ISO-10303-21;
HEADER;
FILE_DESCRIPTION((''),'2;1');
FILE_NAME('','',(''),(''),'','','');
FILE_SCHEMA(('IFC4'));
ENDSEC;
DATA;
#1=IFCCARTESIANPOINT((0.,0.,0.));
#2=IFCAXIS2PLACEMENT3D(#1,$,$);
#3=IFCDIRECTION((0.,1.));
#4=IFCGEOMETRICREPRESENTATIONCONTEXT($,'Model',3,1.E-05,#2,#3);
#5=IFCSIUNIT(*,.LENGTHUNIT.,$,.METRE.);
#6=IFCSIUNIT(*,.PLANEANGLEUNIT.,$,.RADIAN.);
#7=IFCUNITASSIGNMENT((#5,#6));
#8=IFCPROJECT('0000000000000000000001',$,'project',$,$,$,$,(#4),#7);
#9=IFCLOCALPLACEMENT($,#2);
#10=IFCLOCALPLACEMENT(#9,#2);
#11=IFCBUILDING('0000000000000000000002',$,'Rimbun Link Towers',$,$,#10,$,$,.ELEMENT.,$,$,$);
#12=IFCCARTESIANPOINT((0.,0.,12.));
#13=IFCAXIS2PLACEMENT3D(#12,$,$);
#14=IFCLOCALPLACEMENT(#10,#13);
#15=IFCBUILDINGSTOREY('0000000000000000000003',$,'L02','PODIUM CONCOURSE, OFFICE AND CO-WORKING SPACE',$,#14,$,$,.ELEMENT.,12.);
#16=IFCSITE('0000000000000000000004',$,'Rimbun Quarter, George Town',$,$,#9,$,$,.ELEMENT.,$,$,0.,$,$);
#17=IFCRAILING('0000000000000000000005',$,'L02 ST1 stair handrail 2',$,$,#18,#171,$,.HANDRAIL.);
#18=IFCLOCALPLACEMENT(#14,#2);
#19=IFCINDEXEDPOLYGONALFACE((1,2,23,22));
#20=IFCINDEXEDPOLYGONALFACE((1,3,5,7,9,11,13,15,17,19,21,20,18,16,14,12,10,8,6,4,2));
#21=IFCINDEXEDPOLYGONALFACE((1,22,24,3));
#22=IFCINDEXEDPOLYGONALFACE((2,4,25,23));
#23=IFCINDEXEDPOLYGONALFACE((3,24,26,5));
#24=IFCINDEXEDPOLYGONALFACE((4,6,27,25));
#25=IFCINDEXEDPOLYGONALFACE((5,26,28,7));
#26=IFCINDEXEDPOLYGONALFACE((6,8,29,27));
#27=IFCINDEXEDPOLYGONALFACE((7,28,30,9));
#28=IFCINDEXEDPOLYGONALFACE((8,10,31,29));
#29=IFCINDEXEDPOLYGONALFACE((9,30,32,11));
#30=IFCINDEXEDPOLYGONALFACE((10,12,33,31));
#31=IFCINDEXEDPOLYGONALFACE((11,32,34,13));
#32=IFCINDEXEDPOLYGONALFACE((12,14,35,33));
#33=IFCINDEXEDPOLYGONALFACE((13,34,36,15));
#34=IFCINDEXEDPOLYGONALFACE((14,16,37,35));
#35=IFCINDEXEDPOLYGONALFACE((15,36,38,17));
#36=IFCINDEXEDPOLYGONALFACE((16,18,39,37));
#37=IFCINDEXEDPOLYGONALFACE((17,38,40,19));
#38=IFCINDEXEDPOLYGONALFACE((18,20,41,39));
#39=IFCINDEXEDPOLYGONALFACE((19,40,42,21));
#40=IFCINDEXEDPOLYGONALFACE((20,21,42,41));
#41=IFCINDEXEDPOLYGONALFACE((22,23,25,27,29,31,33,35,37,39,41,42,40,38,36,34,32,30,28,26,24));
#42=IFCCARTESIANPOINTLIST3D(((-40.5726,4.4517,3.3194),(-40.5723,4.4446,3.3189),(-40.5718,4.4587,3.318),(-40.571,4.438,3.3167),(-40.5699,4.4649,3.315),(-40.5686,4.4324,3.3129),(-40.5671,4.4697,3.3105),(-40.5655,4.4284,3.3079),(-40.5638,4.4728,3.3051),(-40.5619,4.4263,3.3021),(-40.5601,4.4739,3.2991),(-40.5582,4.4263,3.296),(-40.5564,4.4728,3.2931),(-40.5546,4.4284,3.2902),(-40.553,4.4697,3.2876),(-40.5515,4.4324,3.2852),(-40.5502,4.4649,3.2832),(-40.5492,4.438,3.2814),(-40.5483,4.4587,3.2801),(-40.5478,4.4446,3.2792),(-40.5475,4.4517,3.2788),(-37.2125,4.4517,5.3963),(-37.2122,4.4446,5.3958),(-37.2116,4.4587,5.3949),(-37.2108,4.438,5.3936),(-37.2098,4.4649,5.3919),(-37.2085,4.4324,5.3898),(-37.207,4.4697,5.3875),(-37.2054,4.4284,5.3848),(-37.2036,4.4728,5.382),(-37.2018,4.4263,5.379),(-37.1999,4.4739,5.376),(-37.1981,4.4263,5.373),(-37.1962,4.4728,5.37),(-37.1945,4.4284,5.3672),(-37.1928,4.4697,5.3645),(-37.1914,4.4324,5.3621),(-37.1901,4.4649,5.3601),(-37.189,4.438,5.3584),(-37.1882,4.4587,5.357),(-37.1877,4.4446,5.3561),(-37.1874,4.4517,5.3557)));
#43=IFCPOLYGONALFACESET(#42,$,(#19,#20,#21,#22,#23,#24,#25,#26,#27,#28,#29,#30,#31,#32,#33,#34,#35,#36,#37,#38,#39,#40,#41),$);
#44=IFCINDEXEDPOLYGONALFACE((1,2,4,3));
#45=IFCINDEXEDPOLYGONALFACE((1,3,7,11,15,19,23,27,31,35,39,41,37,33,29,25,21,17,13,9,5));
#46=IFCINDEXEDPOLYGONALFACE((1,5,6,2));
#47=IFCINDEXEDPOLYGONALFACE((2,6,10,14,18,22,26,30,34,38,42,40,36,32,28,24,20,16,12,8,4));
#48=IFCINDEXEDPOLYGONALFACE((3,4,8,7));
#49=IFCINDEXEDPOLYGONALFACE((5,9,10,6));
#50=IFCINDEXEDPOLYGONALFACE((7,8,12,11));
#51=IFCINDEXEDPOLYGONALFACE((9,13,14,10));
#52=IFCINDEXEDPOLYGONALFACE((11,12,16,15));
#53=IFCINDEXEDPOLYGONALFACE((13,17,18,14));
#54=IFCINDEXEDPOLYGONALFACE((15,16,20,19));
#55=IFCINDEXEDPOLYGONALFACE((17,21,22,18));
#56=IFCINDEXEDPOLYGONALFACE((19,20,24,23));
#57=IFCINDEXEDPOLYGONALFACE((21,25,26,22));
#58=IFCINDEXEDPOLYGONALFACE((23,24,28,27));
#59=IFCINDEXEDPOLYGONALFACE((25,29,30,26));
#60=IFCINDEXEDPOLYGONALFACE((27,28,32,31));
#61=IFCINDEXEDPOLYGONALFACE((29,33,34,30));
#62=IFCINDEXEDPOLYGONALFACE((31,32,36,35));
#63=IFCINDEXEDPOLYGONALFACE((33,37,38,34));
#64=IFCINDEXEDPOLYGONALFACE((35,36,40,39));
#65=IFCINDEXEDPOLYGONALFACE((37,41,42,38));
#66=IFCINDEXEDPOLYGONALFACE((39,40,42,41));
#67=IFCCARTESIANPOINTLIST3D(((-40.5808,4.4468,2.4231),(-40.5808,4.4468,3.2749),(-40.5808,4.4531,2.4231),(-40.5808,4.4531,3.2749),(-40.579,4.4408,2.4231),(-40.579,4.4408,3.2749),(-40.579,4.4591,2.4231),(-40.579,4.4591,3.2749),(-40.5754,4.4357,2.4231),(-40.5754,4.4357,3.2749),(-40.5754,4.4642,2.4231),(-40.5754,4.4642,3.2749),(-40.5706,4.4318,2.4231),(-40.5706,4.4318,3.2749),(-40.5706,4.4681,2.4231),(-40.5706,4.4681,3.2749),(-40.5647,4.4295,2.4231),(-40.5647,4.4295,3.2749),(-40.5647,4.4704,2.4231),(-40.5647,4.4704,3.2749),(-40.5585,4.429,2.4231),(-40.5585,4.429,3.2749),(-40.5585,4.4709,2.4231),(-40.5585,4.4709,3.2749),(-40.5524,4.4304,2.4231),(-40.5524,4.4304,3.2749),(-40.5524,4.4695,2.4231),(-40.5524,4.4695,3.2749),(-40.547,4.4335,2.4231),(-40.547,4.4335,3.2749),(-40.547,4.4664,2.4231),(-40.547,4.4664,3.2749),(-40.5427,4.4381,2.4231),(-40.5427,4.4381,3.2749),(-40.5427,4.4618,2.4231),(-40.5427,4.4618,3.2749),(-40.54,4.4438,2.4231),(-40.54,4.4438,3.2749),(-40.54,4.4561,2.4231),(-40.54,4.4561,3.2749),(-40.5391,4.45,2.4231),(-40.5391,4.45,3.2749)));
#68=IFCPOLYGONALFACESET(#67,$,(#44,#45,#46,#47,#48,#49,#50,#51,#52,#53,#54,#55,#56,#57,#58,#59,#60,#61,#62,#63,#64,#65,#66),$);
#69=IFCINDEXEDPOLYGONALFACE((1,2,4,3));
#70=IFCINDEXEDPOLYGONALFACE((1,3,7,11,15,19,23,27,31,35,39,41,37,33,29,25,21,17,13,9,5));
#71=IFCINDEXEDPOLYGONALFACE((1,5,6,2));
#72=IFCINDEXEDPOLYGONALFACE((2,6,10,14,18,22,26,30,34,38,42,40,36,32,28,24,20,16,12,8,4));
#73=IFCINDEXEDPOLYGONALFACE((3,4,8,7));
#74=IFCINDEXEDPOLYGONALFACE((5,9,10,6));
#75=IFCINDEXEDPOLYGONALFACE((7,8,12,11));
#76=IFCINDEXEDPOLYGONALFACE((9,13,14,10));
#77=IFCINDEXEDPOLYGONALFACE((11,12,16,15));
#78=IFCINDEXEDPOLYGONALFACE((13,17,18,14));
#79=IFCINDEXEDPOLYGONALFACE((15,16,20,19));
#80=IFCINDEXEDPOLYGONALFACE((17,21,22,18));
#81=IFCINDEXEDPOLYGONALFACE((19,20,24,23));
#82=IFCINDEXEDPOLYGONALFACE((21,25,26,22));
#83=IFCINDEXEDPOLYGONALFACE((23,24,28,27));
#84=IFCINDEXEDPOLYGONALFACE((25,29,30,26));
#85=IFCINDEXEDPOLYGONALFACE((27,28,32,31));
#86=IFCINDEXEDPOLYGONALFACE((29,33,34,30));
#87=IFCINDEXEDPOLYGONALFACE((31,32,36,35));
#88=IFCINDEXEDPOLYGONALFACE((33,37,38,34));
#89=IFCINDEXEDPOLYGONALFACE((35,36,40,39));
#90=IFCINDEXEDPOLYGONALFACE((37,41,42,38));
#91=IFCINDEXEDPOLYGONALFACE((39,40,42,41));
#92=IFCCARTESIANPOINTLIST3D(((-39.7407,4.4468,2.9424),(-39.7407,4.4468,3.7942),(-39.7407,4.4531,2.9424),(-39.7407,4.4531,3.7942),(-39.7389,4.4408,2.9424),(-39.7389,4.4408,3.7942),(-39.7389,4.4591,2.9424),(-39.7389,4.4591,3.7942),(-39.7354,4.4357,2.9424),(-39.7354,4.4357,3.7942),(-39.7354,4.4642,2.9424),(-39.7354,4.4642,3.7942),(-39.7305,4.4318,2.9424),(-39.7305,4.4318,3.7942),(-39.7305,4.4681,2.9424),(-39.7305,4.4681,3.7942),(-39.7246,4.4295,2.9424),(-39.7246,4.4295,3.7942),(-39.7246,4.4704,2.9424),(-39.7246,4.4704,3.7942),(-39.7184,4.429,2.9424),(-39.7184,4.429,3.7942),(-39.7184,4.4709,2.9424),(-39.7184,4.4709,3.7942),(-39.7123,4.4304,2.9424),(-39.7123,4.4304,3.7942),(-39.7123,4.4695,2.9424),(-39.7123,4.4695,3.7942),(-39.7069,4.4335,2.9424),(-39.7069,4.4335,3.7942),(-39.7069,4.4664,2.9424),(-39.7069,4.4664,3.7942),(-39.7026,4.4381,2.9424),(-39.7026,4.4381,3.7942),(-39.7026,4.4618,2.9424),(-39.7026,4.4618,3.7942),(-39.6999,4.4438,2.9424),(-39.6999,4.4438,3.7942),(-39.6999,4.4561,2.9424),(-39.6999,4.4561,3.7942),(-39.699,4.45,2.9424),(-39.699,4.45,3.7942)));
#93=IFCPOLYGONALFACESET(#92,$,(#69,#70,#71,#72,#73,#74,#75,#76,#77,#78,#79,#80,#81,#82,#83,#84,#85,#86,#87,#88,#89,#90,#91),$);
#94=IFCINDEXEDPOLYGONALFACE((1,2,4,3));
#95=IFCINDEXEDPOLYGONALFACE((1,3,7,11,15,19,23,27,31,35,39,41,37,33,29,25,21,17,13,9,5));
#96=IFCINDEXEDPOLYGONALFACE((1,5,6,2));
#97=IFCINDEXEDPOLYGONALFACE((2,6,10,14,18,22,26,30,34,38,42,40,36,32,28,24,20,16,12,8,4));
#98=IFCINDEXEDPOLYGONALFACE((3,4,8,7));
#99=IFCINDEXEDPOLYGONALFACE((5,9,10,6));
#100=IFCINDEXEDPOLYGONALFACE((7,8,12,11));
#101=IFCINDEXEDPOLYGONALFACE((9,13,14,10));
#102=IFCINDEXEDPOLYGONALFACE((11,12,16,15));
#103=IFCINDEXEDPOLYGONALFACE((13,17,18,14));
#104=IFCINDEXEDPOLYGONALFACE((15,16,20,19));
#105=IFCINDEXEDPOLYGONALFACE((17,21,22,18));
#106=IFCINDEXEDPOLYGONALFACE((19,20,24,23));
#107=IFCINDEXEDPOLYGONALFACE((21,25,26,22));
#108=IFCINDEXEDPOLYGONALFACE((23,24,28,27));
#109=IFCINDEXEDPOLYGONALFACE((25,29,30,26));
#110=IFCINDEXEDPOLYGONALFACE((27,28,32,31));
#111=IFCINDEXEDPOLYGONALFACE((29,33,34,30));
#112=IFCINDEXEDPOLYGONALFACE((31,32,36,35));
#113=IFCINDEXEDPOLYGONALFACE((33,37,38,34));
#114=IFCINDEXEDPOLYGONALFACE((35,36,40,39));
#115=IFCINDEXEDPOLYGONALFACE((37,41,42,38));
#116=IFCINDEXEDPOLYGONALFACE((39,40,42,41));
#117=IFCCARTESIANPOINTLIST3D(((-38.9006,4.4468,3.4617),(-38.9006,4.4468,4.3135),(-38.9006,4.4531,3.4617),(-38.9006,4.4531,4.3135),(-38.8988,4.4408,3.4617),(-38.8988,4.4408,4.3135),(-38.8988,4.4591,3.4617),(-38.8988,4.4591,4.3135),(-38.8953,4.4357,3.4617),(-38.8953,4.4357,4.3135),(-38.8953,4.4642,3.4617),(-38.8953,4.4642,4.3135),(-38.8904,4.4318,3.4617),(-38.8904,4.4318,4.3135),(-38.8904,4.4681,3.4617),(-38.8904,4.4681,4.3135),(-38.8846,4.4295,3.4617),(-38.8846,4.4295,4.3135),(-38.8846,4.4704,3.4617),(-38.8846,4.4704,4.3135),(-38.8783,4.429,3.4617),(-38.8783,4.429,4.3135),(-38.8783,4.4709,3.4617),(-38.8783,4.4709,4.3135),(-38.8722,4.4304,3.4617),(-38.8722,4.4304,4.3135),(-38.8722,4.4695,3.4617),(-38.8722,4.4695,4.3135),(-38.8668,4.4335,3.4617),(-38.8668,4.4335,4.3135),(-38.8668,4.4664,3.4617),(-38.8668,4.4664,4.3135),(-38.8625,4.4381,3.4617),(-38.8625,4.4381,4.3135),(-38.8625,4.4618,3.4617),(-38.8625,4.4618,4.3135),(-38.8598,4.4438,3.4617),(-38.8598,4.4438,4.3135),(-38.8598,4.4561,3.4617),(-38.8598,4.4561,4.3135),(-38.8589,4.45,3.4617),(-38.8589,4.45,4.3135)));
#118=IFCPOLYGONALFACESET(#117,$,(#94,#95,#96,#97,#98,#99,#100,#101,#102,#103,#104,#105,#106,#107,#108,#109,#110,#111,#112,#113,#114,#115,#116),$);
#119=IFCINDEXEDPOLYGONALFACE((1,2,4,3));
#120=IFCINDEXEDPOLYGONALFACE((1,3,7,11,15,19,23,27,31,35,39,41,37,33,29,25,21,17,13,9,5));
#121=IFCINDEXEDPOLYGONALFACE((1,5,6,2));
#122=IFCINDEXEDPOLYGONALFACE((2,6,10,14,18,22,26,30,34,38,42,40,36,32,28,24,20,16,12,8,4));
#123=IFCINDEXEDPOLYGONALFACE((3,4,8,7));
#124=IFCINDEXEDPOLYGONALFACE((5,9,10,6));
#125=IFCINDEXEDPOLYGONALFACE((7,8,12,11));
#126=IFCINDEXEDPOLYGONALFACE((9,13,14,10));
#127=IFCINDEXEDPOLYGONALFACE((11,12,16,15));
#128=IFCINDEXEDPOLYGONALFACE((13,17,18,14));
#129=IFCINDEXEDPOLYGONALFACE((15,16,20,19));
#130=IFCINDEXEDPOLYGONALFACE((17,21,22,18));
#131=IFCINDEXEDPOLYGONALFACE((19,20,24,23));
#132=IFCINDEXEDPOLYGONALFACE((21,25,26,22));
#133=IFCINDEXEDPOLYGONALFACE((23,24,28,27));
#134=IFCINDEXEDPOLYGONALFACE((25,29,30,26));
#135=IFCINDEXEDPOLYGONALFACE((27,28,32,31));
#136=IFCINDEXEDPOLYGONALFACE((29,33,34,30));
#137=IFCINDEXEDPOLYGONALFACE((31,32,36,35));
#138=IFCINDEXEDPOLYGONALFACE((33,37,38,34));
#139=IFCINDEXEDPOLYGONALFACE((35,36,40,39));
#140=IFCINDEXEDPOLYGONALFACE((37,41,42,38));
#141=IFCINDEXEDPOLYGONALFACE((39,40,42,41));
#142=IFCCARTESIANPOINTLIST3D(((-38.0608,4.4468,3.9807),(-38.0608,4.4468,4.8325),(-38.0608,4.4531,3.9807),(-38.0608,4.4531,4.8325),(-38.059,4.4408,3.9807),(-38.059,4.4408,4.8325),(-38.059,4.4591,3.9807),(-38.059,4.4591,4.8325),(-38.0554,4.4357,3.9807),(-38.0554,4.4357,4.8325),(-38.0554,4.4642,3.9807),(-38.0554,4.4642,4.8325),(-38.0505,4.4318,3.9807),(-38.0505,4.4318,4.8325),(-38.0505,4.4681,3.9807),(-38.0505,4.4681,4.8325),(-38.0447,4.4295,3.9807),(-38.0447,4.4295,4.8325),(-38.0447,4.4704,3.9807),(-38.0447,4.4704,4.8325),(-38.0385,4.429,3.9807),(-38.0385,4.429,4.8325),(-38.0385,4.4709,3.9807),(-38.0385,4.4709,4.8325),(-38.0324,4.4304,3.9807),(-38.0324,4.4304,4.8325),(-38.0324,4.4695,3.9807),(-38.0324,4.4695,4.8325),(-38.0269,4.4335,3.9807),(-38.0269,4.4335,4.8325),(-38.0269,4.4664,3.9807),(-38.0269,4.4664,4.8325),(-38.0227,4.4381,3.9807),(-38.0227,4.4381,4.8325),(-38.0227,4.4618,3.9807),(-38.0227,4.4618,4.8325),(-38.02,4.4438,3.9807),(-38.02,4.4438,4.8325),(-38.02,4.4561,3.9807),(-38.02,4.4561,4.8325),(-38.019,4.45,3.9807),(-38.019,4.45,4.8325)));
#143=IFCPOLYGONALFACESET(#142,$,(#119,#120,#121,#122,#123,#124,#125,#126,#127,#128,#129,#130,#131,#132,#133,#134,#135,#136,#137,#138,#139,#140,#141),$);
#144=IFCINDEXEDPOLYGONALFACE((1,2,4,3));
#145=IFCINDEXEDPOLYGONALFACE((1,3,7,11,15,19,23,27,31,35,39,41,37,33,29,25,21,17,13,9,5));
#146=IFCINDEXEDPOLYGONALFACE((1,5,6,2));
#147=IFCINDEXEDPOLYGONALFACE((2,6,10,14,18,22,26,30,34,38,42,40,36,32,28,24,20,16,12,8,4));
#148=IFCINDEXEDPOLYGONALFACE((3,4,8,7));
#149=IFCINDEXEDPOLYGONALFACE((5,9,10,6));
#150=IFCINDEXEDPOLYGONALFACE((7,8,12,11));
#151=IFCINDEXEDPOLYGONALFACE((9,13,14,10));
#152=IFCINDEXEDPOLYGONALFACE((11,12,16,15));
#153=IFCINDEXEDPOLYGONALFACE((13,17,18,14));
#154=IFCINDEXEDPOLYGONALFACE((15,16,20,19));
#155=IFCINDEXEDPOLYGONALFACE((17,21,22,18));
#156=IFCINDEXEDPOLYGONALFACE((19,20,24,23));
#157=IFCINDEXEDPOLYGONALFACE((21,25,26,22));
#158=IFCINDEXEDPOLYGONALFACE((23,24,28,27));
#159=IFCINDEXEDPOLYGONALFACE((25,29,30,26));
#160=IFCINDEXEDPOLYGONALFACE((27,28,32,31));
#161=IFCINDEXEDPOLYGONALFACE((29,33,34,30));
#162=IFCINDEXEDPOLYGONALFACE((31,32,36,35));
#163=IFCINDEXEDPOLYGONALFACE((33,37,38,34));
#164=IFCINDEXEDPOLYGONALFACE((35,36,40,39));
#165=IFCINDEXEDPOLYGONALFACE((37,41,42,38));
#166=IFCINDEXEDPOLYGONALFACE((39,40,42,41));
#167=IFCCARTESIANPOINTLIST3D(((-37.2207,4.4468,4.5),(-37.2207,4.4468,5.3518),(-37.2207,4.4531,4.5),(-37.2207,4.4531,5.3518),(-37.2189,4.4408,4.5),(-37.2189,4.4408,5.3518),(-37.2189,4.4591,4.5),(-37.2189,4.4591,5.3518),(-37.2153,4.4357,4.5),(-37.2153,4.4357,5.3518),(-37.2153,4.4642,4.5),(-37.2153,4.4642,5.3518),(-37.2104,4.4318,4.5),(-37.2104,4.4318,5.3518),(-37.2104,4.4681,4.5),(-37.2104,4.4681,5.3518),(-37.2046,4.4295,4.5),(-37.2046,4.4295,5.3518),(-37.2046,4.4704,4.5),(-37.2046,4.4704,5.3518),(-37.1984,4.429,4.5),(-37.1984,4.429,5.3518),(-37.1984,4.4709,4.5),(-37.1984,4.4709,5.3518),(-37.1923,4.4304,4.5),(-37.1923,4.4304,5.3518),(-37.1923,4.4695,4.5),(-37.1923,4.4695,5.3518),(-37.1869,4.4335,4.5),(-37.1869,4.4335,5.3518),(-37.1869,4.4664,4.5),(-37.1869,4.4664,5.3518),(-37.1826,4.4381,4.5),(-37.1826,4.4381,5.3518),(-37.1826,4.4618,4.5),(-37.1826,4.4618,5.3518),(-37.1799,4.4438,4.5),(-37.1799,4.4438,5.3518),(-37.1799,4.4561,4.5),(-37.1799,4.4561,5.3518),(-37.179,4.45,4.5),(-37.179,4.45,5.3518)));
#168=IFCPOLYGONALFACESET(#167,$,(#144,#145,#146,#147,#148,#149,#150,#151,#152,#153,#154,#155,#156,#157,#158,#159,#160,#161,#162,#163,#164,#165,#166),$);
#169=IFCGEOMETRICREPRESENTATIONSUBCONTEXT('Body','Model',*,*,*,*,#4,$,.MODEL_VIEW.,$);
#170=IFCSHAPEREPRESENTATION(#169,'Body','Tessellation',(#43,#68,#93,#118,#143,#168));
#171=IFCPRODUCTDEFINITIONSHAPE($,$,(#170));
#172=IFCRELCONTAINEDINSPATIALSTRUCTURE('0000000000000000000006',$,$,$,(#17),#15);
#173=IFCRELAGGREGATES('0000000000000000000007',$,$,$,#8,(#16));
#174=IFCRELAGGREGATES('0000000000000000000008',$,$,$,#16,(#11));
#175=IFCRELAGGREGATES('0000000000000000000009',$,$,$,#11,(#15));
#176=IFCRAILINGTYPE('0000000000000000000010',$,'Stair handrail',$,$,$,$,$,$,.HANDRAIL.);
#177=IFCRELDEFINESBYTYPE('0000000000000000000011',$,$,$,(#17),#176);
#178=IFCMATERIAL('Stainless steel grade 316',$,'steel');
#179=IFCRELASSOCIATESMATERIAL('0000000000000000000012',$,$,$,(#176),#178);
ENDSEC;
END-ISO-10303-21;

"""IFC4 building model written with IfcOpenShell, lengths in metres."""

from ifc_helpers import new_model, si_unit, direction, frame, origin, origin_2d, place, context, subcontext, project, spatial, circle, extrude, material, type_object, element, save


model = new_model("IFC4")

# Units and contexts
model_context = context("Model", 3, precision=1e-05, world=origin(), true_north=direction((0.0, 1.0)))
body_context = subcontext(model_context, "Body", "Model", "MODEL_VIEW")
ifc_project = project(units=[si_unit("LENGTHUNIT", "METRE"), si_unit("PLANEANGLEUNIT", "RADIAN")], contexts=[model_context])

# Site, building, storey
site_placement = place(None, origin())
site = spatial("IfcSite", under=ifc_project, at=site_placement, Name="Rimbun Quarter, George Town", CompositionType="ELEMENT", RefElevation=0.0)
building_placement = place(site_placement, origin())
building = spatial("IfcBuilding", under=site, at=building_placement, Name="Rimbun Link Towers", CompositionType="ELEMENT")
storey_placement = place(building_placement, frame((0.0, 0.0, 12.0)))
storey = spatial("IfcBuildingStorey", under=building, at=storey_placement, Name="L02", Description="PODIUM CONCOURSE, OFFICE AND CO-WORKING SPACE", CompositionType="ELEMENT", Elevation=12.0)

# Railing
ifc_material_1 = material(Name="Stainless steel grade 316", Category="steel")
railing_type_1 = type_object("IfcRailingType", Name="Stair handrail", PredefinedType="HANDRAIL", material=ifc_material_1)
railing_1_placement = place(storey_placement, frame((-40.5601, 4.45, 2.4231)))
element("IfcRailing", 1, at=railing_1_placement, inside=storey, type_object=railing_type_1, Name="L02 ST1 stair handrail 2", PredefinedType="HANDRAIL", context=body_context, shape_type="SweptSolid", body=[
    extrude(circle(Radius=0.0239, at=origin_2d()), frame((0.0, 0.0, 0.876), z_axis=(0.850623, 0.0, 0.525776), x_axis=(0.0, 1.0, 0.0)), (0.0, 0.0, 1.0), 3.9502),
    extrude(circle(Radius=0.021, at=origin_2d()), origin(), (0.0, 0.0, 1.0), 0.8518),
    extrude(circle(Radius=0.021, at=origin_2d()), frame((0.8401, 0.0, 0.5193)), (0.0, 0.0, 1.0), 0.8518),
    extrude(circle(Radius=0.021, at=origin_2d()), frame((1.6802, 0.0, 1.0386)), (0.0, 0.0, 1.0), 0.8518),
    extrude(circle(Radius=0.021, at=origin_2d()), frame((2.52, 0.0, 1.5576)), (0.0, 0.0, 1.0), 0.8518),
    extrude(circle(Radius=0.021, at=origin_2d()), frame((3.3601, 0.0, 2.0769)), (0.0, 0.0, 1.0), 0.8518),
])

save(model, "model.ifc")
